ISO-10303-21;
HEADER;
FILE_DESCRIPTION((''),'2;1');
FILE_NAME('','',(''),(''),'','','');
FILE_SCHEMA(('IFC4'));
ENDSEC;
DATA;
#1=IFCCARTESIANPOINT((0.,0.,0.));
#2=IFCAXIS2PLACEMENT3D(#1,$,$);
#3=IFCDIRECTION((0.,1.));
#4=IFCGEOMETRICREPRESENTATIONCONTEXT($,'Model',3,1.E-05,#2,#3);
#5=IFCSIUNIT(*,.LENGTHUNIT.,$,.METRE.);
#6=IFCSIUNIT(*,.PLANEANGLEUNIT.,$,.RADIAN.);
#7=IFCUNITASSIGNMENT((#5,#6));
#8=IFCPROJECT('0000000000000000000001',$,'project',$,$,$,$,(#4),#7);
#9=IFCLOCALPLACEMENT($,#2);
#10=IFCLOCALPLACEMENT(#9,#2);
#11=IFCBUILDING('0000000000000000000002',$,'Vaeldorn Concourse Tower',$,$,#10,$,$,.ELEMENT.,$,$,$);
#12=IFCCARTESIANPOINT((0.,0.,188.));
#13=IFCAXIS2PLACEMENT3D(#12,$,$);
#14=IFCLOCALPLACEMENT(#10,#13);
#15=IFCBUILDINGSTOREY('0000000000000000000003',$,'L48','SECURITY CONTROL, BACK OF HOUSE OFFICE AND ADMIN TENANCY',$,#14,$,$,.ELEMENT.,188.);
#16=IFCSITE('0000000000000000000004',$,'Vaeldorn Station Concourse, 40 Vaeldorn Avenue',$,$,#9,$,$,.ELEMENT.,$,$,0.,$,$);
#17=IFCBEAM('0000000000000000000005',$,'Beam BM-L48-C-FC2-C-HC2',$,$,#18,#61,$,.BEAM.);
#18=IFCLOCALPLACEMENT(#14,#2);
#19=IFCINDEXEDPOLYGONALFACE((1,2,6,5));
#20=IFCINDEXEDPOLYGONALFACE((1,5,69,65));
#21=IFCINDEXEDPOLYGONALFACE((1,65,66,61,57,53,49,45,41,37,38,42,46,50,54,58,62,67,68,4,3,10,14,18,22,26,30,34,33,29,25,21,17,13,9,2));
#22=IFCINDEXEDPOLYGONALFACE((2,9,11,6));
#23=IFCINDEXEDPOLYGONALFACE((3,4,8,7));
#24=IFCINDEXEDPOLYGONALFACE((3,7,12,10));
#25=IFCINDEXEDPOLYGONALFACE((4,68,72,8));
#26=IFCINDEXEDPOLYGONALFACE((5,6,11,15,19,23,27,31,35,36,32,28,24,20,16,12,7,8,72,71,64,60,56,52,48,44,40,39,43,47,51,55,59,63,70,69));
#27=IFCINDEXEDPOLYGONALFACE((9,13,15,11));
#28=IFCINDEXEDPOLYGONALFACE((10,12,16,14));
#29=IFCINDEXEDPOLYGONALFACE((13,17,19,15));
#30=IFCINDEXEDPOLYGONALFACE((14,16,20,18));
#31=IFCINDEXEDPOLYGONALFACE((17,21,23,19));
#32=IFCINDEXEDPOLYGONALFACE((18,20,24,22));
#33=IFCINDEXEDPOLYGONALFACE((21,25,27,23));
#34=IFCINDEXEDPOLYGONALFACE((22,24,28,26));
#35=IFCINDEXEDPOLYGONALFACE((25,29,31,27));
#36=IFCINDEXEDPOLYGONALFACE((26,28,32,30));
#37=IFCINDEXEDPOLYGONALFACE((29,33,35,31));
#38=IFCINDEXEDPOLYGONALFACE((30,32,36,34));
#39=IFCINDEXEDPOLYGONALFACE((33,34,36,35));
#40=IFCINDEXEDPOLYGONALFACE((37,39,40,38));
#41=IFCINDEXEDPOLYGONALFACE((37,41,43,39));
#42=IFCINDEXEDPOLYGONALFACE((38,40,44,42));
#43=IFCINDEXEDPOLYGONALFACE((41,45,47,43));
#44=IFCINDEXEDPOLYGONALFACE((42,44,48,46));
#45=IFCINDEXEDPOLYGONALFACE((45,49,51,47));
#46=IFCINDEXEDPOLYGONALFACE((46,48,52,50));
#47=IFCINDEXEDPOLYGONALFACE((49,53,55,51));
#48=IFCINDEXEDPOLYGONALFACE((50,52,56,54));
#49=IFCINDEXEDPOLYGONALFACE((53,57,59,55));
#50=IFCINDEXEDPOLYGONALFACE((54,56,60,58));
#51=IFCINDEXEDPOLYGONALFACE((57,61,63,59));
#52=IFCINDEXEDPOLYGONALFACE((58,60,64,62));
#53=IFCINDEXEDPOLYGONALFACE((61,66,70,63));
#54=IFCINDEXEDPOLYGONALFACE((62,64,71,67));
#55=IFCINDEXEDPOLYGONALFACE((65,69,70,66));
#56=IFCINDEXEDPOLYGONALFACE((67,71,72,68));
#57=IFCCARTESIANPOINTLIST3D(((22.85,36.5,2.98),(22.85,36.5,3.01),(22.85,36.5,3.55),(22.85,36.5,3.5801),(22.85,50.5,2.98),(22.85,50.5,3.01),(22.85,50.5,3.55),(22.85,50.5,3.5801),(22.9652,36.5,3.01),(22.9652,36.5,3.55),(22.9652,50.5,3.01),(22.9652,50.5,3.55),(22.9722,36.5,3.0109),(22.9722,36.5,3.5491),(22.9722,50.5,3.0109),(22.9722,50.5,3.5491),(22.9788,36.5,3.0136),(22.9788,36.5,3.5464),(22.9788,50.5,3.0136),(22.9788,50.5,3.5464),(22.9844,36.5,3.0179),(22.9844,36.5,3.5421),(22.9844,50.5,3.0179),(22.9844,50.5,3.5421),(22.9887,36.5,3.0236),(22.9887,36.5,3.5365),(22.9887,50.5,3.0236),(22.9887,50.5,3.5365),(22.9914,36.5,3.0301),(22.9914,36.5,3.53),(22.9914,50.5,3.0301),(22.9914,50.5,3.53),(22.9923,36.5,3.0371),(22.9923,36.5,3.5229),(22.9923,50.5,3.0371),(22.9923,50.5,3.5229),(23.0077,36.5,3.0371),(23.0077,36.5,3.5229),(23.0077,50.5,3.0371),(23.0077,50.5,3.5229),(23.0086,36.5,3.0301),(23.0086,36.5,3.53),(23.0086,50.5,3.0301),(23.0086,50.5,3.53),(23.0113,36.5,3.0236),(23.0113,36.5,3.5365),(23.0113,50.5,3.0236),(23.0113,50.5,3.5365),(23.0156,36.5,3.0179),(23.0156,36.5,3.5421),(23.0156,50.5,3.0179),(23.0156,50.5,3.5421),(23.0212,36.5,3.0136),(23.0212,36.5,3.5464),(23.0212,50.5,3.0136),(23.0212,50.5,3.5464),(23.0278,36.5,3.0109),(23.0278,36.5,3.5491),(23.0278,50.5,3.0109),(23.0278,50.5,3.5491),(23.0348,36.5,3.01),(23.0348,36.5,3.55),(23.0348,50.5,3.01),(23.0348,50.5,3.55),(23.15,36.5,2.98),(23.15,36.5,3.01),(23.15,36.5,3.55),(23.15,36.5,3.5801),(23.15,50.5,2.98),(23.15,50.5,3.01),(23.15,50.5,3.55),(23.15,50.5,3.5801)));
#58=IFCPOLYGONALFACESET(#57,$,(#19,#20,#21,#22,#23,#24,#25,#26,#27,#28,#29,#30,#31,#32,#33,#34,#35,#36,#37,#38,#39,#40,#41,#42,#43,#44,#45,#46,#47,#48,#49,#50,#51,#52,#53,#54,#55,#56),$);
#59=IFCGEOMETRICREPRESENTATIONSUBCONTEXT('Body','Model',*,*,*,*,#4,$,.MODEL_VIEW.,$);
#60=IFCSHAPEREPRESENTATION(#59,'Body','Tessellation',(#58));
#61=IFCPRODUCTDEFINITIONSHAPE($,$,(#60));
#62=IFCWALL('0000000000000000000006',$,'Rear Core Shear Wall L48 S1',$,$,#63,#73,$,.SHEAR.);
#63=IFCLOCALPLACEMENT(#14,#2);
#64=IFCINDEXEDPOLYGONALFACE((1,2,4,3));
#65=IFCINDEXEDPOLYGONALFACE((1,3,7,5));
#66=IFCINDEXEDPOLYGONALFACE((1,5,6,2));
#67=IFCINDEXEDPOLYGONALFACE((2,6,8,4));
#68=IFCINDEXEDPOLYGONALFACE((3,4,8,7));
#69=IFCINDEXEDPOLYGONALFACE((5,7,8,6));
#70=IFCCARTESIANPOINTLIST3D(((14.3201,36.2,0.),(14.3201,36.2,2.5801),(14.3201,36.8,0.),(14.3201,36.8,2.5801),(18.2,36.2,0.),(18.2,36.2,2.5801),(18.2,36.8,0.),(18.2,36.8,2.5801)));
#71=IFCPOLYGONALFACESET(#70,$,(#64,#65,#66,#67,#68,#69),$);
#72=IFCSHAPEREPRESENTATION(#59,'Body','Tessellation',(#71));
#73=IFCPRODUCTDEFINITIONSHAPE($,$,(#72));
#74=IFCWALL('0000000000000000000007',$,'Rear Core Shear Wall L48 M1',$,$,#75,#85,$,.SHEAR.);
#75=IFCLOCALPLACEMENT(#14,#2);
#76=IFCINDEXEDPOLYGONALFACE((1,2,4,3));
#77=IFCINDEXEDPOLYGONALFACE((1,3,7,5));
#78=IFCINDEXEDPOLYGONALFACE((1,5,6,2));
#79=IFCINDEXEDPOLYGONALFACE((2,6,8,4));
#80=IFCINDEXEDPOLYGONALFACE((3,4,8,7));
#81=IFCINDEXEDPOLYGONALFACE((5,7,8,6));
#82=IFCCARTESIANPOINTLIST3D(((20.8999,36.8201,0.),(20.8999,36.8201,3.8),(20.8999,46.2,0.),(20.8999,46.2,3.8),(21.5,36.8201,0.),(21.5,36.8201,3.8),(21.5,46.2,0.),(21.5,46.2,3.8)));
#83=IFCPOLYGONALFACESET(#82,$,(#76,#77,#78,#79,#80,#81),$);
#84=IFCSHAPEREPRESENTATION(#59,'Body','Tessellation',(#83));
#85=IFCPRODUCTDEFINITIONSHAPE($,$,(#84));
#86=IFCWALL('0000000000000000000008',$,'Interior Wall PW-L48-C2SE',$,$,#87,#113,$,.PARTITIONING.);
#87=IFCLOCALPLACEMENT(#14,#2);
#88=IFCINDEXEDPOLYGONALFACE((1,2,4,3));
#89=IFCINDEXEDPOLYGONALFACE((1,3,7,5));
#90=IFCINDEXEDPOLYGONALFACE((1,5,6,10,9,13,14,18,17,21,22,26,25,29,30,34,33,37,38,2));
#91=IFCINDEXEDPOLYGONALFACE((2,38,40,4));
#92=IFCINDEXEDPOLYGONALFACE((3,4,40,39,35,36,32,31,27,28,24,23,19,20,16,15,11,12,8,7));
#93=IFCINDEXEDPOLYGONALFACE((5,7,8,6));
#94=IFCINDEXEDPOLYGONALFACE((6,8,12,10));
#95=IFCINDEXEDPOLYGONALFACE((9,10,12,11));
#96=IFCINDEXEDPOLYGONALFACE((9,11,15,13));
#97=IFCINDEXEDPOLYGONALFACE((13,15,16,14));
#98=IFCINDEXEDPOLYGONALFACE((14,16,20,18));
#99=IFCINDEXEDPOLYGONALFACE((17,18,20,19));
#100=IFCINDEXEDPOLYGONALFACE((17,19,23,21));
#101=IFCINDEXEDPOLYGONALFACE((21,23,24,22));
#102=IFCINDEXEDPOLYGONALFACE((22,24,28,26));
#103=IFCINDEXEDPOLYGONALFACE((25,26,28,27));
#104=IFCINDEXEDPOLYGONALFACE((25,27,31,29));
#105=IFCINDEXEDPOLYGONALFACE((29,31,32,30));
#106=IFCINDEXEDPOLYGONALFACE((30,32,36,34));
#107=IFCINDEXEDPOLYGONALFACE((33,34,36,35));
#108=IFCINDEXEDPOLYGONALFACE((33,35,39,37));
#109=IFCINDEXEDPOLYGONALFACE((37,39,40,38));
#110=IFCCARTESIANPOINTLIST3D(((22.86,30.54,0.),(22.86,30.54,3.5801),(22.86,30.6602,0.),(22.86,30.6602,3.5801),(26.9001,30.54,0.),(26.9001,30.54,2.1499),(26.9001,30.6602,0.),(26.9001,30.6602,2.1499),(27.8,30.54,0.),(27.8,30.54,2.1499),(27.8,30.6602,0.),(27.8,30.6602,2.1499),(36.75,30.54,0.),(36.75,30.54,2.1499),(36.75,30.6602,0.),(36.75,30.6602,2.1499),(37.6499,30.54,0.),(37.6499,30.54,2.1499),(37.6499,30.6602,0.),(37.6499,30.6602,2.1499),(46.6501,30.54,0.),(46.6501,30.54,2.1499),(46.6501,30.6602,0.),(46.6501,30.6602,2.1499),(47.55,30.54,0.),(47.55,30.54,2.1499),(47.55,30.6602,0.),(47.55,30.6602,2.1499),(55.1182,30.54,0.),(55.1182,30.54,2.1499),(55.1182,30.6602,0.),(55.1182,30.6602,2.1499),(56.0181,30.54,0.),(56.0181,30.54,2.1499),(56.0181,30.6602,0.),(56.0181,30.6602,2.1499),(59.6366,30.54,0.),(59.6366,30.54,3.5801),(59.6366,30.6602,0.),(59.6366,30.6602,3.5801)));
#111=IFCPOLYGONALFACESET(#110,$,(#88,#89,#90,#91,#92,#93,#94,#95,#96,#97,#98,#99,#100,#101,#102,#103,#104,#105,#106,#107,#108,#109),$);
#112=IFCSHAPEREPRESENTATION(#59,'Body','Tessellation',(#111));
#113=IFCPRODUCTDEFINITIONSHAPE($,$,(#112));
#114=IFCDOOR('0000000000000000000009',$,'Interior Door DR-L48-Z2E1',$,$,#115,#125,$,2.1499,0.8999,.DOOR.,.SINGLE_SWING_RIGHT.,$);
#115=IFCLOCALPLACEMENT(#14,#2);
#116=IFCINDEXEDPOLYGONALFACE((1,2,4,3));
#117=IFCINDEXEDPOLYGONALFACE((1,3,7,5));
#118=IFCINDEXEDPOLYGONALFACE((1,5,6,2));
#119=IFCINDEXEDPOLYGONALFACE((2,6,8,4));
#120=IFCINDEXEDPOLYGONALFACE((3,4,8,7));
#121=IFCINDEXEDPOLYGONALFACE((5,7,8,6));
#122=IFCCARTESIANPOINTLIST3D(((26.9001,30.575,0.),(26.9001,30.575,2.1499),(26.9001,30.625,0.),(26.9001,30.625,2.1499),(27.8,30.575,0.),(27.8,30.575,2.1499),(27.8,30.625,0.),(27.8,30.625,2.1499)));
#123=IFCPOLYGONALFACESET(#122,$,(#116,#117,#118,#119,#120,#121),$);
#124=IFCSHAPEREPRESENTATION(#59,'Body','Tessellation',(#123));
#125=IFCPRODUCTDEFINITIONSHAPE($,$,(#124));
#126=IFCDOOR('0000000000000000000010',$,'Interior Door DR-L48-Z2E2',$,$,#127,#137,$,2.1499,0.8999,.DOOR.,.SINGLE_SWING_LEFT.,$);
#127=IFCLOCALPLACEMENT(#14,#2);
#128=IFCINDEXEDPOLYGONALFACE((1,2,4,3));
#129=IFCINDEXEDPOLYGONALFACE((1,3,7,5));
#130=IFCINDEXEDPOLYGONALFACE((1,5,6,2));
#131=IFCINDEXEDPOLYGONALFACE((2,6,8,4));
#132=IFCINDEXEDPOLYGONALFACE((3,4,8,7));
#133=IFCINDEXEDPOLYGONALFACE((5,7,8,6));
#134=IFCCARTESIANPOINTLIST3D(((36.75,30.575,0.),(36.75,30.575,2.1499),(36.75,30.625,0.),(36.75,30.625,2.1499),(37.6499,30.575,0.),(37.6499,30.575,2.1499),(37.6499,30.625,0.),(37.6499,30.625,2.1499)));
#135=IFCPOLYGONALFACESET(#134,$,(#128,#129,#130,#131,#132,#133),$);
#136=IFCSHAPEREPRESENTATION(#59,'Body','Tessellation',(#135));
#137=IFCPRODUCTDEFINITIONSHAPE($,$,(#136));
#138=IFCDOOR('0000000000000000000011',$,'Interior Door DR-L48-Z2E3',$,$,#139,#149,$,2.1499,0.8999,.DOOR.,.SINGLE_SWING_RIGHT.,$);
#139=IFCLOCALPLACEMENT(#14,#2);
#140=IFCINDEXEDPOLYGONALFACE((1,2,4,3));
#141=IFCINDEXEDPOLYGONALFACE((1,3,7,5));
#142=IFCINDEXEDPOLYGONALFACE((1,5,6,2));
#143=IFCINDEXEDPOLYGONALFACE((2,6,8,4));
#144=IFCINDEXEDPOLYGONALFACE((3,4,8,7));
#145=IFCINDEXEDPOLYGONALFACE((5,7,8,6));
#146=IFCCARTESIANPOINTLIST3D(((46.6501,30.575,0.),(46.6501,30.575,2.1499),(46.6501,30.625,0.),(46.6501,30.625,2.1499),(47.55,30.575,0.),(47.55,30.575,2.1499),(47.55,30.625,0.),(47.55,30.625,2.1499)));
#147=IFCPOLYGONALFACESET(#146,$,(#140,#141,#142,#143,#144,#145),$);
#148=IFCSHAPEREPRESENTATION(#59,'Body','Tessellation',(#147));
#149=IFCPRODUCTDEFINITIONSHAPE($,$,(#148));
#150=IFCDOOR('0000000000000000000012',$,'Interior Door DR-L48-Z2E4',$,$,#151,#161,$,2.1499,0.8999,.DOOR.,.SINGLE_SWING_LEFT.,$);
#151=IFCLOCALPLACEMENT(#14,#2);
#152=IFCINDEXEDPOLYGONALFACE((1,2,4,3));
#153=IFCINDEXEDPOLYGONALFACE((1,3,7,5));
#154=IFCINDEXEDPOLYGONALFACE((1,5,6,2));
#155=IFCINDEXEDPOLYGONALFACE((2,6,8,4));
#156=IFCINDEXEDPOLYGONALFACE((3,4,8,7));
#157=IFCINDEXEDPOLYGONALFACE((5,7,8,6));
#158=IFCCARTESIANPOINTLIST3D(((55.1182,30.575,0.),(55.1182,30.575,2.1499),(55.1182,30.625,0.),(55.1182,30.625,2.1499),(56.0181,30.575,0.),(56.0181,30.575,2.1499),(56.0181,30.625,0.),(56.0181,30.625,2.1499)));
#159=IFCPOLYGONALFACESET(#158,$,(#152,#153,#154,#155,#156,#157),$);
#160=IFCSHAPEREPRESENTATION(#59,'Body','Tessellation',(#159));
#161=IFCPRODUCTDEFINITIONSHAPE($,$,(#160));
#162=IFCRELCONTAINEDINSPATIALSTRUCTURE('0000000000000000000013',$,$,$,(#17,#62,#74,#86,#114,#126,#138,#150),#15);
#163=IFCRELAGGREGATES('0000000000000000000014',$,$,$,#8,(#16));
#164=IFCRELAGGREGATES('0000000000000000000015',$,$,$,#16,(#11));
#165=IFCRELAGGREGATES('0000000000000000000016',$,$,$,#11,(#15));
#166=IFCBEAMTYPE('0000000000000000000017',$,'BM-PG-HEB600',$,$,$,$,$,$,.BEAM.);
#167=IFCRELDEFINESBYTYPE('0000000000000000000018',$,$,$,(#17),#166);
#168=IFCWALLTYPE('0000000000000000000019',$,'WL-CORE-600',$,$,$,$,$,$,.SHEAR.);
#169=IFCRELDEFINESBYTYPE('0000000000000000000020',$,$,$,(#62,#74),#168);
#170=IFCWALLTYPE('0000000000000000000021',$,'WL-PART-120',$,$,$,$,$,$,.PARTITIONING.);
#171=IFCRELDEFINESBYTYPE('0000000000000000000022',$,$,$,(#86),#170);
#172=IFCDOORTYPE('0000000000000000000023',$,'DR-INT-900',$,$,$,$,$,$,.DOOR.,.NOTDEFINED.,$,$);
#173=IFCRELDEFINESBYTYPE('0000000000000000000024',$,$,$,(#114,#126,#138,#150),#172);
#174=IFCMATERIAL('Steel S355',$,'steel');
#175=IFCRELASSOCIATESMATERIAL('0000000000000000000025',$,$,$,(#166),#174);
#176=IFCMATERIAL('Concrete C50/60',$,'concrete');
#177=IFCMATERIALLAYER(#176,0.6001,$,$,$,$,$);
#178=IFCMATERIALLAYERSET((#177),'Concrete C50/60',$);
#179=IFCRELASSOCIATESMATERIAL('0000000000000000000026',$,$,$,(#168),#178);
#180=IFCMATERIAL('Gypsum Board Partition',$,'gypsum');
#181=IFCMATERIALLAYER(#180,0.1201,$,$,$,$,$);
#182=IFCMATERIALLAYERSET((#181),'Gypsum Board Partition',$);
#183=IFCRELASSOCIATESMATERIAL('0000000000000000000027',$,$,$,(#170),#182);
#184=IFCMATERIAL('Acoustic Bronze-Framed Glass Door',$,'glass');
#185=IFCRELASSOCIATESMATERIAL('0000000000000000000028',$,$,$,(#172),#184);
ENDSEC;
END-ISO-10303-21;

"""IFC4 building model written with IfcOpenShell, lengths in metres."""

from ifc_helpers import new_model, si_unit, direction, frame, frame_2d, origin, origin_2d, place, context, subcontext, project, spatial, rectangle, i_section, extrude, source, transform, mapped, material, layer, layer_set, material_profile, profile_set, type_object, element, fill, save


model = new_model("IFC4")

# Units and contexts
model_context = context("Model", 3, precision=1e-05, world=origin(), true_north=direction((0.0, 1.0)))
body_context = subcontext(model_context, "Body", "Model", "MODEL_VIEW")
ifc_project = project(units=[si_unit("LENGTHUNIT", "METRE"), si_unit("PLANEANGLEUNIT", "RADIAN")], contexts=[model_context])

# Site, building, storey
site_placement = place(None, origin())
site = spatial("IfcSite", under=ifc_project, at=site_placement, Name="Vaeldorn Station Concourse, 40 Vaeldorn Avenue", CompositionType="ELEMENT", RefElevation=0.0)
building_placement = place(site_placement, origin())
building = spatial("IfcBuilding", under=site, at=building_placement, Name="Vaeldorn Concourse Tower", CompositionType="ELEMENT")
storey_placement = place(building_placement, frame((0.0, 0.0, 188.0)))
storey = spatial("IfcBuildingStorey", under=building, at=storey_placement, Name="L48", Description="SECURITY CONTROL, BACK OF HOUSE OFFICE AND ADMIN TENANCY", CompositionType="ELEMENT", Elevation=188.0)

# Beam
ifc_material_1 = material(Name="Steel S355", Category="steel")
ifc_material_profile_1 = material_profile(ifc_material_1, i_section(OverallWidth=0.3, OverallDepth=0.6001, WebThickness=0.0154, FlangeThickness=0.03, FilletRadius=0.0271, at=origin_2d()), Name="HEB 600")
ifc_profile_set_1 = profile_set([ifc_material_profile_1], Name="Steel S355")
beam_type = type_object("IfcBeamType", Name="BM-PG-HEB600", PredefinedType="BEAM", material=ifc_profile_set_1)
shared_shape_1 = source(origin(), body_context, "Body", "SweptSolid", [
    extrude(i_section(OverallWidth=0.3, OverallDepth=0.6001, WebThickness=0.0154, FlangeThickness=0.03, FilletRadius=0.0271, at=origin_2d()), origin(), (0.0, 0.0, 1.0), 14.0),
])
beam_1_placement = place(storey_placement, frame((23.0, 36.5, 3.28), z_axis=(0.0, 1.0, 0.0), x_axis=(-1.0, 0.0, 0.0)))
element("IfcBeam", 1, at=beam_1_placement, inside=storey, type_object=beam_type, Name="Beam BM-L48-C-FC2-C-HC2", PredefinedType="BEAM", context=body_context, shape_type="MappedRepresentation", body=[
    mapped(shared_shape_1, transform((0.0, 0.0, 0.0), scale=1.0)),
])

# Walls
ifc_material_2 = material(Name="Concrete C50/60", Category="concrete")
ifc_layer_1 = layer(ifc_material_2, 0.6001)
ifc_layer_set_1 = layer_set([ifc_layer_1], Name="Concrete C50/60")
wall_type_1 = type_object("IfcWallType", Name="WL-CORE-600", PredefinedType="SHEAR", material=ifc_layer_set_1)
wall_1_placement = place(storey_placement, frame((14.3201, 36.5, 0.0), z_axis=(0.0, 0.0, 1.0), x_axis=(1.0, 0.0, 0.0)))
element("IfcWall", 2, at=wall_1_placement, inside=storey, type_object=wall_type_1, Name="Rear Core Shear Wall L48 S1", PredefinedType="SHEAR", context=body_context, shape_type="SweptSolid", body=[
    extrude(rectangle(XDim=3.8799, YDim=0.6001, at=frame_2d((1.9399, 0.0))), origin(), (0.0, 0.0, 1.0), 2.5801),
])
wall_2_placement = place(storey_placement, frame((21.2, 36.8201, 0.0), z_axis=(0.0, 0.0, 1.0), x_axis=(0.0, 1.0, 0.0)))
element("IfcWall", 3, at=wall_2_placement, inside=storey, type_object=wall_type_1, Name="Rear Core Shear Wall L48 M1", PredefinedType="SHEAR", context=body_context, shape_type="SweptSolid", body=[
    extrude(rectangle(XDim=9.3799, YDim=0.6001, at=frame_2d((4.6899, 0.0))), origin(), (0.0, 0.0, 1.0), 3.8),
])

# Wall, openings, doors
ifc_material_3 = material(Name="Gypsum Board Partition", Category="gypsum")
ifc_layer_2 = layer(ifc_material_3, 0.1201)
ifc_layer_set_2 = layer_set([ifc_layer_2], Name="Gypsum Board Partition")
wall_type_2 = type_object("IfcWallType", Name="WL-PART-120", PredefinedType="PARTITIONING", material=ifc_layer_set_2)
wall_3_placement = place(storey_placement, frame((22.8601, 30.6001, 0.0), z_axis=(0.0, 0.0, 1.0), x_axis=(1.0, 0.0, 0.0)))
wall_3 = element("IfcWall", 4, at=wall_3_placement, inside=storey, type_object=wall_type_2, Name="Interior Wall PW-L48-C2SE", PredefinedType="PARTITIONING", context=body_context, shape_type="SweptSolid", body=[
    extrude(rectangle(XDim=36.7766, YDim=0.1201, at=frame_2d((18.3882, 0.0))), origin(), (0.0, 0.0, 1.0), 3.5801),
])
opening_1_placement = place(wall_3_placement, frame((4.04, 0.0, 0.0)))
opening_1 = element("IfcOpeningElement", 5, at=opening_1_placement, cuts=wall_3, PredefinedType="OPENING", context=body_context, shape_type="SweptSolid", body=[
    extrude(rectangle(XDim=0.8999, YDim=2.1499, at=frame_2d((0.45, 1.075))), frame((0.0, 0.0701, 0.0), z_axis=(0.0, -1.0, 0.0), x_axis=(1.0, 0.0, 0.0)), (0.0, 0.0, 1.0), 0.1401),
])
opening_2_placement = place(wall_3_placement, frame((13.8899, 0.0, 0.0)))
opening_2 = element("IfcOpeningElement", 6, at=opening_2_placement, cuts=wall_3, PredefinedType="OPENING", context=body_context, shape_type="SweptSolid", body=[
    extrude(rectangle(XDim=0.8999, YDim=2.1499, at=frame_2d((0.45, 1.075))), frame((0.0, 0.0701, 0.0), z_axis=(0.0, -1.0, 0.0), x_axis=(1.0, 0.0, 0.0)), (0.0, 0.0, 1.0), 0.1401),
])
opening_3_placement = place(wall_3_placement, frame((23.79, 0.0, 0.0)))
opening_3 = element("IfcOpeningElement", 7, at=opening_3_placement, cuts=wall_3, PredefinedType="OPENING", context=body_context, shape_type="SweptSolid", body=[
    extrude(rectangle(XDim=0.8999, YDim=2.1499, at=frame_2d((0.45, 1.075))), frame((0.0, 0.0701, 0.0), z_axis=(0.0, -1.0, 0.0), x_axis=(1.0, 0.0, 0.0)), (0.0, 0.0, 1.0), 0.1401),
])
opening_4_placement = place(wall_3_placement, frame((32.2581, 0.0, 0.0)))
opening_4 = element("IfcOpeningElement", 8, at=opening_4_placement, cuts=wall_3, PredefinedType="OPENING", context=body_context, shape_type="SweptSolid", body=[
    extrude(rectangle(XDim=0.8999, YDim=2.1499, at=frame_2d((0.45, 1.075))), frame((0.0, 0.0701, 0.0), z_axis=(0.0, -1.0, 0.0), x_axis=(1.0, 0.0, 0.0)), (0.0, 0.0, 1.0), 0.1401),
])
ifc_material_4 = material(Name="Acoustic Bronze-Framed Glass Door", Category="glass")
door_type_1 = type_object("IfcDoorType", Name="DR-INT-900", OperationType="NOTDEFINED", PredefinedType="DOOR", material=ifc_material_4)
shared_shape_2 = source(origin(), body_context, "Body", "SweptSolid", [
    extrude(rectangle(XDim=0.8999, YDim=2.1499, at=frame_2d((0.45, 1.075))), frame((0.0, 0.0249, 0.0), z_axis=(0.0, -1.0, 0.0), x_axis=(1.0, 0.0, 0.0)), (0.0, 0.0, 1.0), 0.05),
])
door_1_placement = place(opening_1_placement, origin())
door_1 = element("IfcDoor", 9, at=door_1_placement, inside=storey, type_object=door_type_1, Name="Interior Door DR-L48-Z2E1", OperationType="SINGLE_SWING_RIGHT", OverallHeight=2.1499, OverallWidth=0.8999, PredefinedType="DOOR", context=body_context, shape_type="MappedRepresentation", body=[
    mapped(shared_shape_2, transform((0.0, 0.0, 0.0), scale=1.0)),
])
fill(opening_1, door_1)
door_2_placement = place(opening_2_placement, origin())
door_2 = element("IfcDoor", 10, at=door_2_placement, inside=storey, type_object=door_type_1, Name="Interior Door DR-L48-Z2E2", OperationType="SINGLE_SWING_LEFT", OverallHeight=2.1499, OverallWidth=0.8999, PredefinedType="DOOR", context=body_context, shape_type="MappedRepresentation", body=[
    mapped(shared_shape_2, transform((0.0, 0.0, 0.0), scale=1.0)),
])
fill(opening_2, door_2)
door_3_placement = place(opening_3_placement, origin())
door_3 = element("IfcDoor", 11, at=door_3_placement, inside=storey, type_object=door_type_1, Name="Interior Door DR-L48-Z2E3", OperationType="SINGLE_SWING_RIGHT", OverallHeight=2.1499, OverallWidth=0.8999, PredefinedType="DOOR", context=body_context, shape_type="MappedRepresentation", body=[
    mapped(shared_shape_2, transform((0.0, 0.0, 0.0), scale=1.0)),
])
fill(opening_3, door_3)
door_4_placement = place(opening_4_placement, origin())
door_4 = element("IfcDoor", 12, at=door_4_placement, inside=storey, type_object=door_type_1, Name="Interior Door DR-L48-Z2E4", OperationType="SINGLE_SWING_LEFT", OverallHeight=2.1499, OverallWidth=0.8999, PredefinedType="DOOR", context=body_context, shape_type="MappedRepresentation", body=[
    mapped(shared_shape_2, transform((0.0, 0.0, 0.0), scale=1.0)),
])
fill(opening_4, door_4)

save(model, "model.ifc")
